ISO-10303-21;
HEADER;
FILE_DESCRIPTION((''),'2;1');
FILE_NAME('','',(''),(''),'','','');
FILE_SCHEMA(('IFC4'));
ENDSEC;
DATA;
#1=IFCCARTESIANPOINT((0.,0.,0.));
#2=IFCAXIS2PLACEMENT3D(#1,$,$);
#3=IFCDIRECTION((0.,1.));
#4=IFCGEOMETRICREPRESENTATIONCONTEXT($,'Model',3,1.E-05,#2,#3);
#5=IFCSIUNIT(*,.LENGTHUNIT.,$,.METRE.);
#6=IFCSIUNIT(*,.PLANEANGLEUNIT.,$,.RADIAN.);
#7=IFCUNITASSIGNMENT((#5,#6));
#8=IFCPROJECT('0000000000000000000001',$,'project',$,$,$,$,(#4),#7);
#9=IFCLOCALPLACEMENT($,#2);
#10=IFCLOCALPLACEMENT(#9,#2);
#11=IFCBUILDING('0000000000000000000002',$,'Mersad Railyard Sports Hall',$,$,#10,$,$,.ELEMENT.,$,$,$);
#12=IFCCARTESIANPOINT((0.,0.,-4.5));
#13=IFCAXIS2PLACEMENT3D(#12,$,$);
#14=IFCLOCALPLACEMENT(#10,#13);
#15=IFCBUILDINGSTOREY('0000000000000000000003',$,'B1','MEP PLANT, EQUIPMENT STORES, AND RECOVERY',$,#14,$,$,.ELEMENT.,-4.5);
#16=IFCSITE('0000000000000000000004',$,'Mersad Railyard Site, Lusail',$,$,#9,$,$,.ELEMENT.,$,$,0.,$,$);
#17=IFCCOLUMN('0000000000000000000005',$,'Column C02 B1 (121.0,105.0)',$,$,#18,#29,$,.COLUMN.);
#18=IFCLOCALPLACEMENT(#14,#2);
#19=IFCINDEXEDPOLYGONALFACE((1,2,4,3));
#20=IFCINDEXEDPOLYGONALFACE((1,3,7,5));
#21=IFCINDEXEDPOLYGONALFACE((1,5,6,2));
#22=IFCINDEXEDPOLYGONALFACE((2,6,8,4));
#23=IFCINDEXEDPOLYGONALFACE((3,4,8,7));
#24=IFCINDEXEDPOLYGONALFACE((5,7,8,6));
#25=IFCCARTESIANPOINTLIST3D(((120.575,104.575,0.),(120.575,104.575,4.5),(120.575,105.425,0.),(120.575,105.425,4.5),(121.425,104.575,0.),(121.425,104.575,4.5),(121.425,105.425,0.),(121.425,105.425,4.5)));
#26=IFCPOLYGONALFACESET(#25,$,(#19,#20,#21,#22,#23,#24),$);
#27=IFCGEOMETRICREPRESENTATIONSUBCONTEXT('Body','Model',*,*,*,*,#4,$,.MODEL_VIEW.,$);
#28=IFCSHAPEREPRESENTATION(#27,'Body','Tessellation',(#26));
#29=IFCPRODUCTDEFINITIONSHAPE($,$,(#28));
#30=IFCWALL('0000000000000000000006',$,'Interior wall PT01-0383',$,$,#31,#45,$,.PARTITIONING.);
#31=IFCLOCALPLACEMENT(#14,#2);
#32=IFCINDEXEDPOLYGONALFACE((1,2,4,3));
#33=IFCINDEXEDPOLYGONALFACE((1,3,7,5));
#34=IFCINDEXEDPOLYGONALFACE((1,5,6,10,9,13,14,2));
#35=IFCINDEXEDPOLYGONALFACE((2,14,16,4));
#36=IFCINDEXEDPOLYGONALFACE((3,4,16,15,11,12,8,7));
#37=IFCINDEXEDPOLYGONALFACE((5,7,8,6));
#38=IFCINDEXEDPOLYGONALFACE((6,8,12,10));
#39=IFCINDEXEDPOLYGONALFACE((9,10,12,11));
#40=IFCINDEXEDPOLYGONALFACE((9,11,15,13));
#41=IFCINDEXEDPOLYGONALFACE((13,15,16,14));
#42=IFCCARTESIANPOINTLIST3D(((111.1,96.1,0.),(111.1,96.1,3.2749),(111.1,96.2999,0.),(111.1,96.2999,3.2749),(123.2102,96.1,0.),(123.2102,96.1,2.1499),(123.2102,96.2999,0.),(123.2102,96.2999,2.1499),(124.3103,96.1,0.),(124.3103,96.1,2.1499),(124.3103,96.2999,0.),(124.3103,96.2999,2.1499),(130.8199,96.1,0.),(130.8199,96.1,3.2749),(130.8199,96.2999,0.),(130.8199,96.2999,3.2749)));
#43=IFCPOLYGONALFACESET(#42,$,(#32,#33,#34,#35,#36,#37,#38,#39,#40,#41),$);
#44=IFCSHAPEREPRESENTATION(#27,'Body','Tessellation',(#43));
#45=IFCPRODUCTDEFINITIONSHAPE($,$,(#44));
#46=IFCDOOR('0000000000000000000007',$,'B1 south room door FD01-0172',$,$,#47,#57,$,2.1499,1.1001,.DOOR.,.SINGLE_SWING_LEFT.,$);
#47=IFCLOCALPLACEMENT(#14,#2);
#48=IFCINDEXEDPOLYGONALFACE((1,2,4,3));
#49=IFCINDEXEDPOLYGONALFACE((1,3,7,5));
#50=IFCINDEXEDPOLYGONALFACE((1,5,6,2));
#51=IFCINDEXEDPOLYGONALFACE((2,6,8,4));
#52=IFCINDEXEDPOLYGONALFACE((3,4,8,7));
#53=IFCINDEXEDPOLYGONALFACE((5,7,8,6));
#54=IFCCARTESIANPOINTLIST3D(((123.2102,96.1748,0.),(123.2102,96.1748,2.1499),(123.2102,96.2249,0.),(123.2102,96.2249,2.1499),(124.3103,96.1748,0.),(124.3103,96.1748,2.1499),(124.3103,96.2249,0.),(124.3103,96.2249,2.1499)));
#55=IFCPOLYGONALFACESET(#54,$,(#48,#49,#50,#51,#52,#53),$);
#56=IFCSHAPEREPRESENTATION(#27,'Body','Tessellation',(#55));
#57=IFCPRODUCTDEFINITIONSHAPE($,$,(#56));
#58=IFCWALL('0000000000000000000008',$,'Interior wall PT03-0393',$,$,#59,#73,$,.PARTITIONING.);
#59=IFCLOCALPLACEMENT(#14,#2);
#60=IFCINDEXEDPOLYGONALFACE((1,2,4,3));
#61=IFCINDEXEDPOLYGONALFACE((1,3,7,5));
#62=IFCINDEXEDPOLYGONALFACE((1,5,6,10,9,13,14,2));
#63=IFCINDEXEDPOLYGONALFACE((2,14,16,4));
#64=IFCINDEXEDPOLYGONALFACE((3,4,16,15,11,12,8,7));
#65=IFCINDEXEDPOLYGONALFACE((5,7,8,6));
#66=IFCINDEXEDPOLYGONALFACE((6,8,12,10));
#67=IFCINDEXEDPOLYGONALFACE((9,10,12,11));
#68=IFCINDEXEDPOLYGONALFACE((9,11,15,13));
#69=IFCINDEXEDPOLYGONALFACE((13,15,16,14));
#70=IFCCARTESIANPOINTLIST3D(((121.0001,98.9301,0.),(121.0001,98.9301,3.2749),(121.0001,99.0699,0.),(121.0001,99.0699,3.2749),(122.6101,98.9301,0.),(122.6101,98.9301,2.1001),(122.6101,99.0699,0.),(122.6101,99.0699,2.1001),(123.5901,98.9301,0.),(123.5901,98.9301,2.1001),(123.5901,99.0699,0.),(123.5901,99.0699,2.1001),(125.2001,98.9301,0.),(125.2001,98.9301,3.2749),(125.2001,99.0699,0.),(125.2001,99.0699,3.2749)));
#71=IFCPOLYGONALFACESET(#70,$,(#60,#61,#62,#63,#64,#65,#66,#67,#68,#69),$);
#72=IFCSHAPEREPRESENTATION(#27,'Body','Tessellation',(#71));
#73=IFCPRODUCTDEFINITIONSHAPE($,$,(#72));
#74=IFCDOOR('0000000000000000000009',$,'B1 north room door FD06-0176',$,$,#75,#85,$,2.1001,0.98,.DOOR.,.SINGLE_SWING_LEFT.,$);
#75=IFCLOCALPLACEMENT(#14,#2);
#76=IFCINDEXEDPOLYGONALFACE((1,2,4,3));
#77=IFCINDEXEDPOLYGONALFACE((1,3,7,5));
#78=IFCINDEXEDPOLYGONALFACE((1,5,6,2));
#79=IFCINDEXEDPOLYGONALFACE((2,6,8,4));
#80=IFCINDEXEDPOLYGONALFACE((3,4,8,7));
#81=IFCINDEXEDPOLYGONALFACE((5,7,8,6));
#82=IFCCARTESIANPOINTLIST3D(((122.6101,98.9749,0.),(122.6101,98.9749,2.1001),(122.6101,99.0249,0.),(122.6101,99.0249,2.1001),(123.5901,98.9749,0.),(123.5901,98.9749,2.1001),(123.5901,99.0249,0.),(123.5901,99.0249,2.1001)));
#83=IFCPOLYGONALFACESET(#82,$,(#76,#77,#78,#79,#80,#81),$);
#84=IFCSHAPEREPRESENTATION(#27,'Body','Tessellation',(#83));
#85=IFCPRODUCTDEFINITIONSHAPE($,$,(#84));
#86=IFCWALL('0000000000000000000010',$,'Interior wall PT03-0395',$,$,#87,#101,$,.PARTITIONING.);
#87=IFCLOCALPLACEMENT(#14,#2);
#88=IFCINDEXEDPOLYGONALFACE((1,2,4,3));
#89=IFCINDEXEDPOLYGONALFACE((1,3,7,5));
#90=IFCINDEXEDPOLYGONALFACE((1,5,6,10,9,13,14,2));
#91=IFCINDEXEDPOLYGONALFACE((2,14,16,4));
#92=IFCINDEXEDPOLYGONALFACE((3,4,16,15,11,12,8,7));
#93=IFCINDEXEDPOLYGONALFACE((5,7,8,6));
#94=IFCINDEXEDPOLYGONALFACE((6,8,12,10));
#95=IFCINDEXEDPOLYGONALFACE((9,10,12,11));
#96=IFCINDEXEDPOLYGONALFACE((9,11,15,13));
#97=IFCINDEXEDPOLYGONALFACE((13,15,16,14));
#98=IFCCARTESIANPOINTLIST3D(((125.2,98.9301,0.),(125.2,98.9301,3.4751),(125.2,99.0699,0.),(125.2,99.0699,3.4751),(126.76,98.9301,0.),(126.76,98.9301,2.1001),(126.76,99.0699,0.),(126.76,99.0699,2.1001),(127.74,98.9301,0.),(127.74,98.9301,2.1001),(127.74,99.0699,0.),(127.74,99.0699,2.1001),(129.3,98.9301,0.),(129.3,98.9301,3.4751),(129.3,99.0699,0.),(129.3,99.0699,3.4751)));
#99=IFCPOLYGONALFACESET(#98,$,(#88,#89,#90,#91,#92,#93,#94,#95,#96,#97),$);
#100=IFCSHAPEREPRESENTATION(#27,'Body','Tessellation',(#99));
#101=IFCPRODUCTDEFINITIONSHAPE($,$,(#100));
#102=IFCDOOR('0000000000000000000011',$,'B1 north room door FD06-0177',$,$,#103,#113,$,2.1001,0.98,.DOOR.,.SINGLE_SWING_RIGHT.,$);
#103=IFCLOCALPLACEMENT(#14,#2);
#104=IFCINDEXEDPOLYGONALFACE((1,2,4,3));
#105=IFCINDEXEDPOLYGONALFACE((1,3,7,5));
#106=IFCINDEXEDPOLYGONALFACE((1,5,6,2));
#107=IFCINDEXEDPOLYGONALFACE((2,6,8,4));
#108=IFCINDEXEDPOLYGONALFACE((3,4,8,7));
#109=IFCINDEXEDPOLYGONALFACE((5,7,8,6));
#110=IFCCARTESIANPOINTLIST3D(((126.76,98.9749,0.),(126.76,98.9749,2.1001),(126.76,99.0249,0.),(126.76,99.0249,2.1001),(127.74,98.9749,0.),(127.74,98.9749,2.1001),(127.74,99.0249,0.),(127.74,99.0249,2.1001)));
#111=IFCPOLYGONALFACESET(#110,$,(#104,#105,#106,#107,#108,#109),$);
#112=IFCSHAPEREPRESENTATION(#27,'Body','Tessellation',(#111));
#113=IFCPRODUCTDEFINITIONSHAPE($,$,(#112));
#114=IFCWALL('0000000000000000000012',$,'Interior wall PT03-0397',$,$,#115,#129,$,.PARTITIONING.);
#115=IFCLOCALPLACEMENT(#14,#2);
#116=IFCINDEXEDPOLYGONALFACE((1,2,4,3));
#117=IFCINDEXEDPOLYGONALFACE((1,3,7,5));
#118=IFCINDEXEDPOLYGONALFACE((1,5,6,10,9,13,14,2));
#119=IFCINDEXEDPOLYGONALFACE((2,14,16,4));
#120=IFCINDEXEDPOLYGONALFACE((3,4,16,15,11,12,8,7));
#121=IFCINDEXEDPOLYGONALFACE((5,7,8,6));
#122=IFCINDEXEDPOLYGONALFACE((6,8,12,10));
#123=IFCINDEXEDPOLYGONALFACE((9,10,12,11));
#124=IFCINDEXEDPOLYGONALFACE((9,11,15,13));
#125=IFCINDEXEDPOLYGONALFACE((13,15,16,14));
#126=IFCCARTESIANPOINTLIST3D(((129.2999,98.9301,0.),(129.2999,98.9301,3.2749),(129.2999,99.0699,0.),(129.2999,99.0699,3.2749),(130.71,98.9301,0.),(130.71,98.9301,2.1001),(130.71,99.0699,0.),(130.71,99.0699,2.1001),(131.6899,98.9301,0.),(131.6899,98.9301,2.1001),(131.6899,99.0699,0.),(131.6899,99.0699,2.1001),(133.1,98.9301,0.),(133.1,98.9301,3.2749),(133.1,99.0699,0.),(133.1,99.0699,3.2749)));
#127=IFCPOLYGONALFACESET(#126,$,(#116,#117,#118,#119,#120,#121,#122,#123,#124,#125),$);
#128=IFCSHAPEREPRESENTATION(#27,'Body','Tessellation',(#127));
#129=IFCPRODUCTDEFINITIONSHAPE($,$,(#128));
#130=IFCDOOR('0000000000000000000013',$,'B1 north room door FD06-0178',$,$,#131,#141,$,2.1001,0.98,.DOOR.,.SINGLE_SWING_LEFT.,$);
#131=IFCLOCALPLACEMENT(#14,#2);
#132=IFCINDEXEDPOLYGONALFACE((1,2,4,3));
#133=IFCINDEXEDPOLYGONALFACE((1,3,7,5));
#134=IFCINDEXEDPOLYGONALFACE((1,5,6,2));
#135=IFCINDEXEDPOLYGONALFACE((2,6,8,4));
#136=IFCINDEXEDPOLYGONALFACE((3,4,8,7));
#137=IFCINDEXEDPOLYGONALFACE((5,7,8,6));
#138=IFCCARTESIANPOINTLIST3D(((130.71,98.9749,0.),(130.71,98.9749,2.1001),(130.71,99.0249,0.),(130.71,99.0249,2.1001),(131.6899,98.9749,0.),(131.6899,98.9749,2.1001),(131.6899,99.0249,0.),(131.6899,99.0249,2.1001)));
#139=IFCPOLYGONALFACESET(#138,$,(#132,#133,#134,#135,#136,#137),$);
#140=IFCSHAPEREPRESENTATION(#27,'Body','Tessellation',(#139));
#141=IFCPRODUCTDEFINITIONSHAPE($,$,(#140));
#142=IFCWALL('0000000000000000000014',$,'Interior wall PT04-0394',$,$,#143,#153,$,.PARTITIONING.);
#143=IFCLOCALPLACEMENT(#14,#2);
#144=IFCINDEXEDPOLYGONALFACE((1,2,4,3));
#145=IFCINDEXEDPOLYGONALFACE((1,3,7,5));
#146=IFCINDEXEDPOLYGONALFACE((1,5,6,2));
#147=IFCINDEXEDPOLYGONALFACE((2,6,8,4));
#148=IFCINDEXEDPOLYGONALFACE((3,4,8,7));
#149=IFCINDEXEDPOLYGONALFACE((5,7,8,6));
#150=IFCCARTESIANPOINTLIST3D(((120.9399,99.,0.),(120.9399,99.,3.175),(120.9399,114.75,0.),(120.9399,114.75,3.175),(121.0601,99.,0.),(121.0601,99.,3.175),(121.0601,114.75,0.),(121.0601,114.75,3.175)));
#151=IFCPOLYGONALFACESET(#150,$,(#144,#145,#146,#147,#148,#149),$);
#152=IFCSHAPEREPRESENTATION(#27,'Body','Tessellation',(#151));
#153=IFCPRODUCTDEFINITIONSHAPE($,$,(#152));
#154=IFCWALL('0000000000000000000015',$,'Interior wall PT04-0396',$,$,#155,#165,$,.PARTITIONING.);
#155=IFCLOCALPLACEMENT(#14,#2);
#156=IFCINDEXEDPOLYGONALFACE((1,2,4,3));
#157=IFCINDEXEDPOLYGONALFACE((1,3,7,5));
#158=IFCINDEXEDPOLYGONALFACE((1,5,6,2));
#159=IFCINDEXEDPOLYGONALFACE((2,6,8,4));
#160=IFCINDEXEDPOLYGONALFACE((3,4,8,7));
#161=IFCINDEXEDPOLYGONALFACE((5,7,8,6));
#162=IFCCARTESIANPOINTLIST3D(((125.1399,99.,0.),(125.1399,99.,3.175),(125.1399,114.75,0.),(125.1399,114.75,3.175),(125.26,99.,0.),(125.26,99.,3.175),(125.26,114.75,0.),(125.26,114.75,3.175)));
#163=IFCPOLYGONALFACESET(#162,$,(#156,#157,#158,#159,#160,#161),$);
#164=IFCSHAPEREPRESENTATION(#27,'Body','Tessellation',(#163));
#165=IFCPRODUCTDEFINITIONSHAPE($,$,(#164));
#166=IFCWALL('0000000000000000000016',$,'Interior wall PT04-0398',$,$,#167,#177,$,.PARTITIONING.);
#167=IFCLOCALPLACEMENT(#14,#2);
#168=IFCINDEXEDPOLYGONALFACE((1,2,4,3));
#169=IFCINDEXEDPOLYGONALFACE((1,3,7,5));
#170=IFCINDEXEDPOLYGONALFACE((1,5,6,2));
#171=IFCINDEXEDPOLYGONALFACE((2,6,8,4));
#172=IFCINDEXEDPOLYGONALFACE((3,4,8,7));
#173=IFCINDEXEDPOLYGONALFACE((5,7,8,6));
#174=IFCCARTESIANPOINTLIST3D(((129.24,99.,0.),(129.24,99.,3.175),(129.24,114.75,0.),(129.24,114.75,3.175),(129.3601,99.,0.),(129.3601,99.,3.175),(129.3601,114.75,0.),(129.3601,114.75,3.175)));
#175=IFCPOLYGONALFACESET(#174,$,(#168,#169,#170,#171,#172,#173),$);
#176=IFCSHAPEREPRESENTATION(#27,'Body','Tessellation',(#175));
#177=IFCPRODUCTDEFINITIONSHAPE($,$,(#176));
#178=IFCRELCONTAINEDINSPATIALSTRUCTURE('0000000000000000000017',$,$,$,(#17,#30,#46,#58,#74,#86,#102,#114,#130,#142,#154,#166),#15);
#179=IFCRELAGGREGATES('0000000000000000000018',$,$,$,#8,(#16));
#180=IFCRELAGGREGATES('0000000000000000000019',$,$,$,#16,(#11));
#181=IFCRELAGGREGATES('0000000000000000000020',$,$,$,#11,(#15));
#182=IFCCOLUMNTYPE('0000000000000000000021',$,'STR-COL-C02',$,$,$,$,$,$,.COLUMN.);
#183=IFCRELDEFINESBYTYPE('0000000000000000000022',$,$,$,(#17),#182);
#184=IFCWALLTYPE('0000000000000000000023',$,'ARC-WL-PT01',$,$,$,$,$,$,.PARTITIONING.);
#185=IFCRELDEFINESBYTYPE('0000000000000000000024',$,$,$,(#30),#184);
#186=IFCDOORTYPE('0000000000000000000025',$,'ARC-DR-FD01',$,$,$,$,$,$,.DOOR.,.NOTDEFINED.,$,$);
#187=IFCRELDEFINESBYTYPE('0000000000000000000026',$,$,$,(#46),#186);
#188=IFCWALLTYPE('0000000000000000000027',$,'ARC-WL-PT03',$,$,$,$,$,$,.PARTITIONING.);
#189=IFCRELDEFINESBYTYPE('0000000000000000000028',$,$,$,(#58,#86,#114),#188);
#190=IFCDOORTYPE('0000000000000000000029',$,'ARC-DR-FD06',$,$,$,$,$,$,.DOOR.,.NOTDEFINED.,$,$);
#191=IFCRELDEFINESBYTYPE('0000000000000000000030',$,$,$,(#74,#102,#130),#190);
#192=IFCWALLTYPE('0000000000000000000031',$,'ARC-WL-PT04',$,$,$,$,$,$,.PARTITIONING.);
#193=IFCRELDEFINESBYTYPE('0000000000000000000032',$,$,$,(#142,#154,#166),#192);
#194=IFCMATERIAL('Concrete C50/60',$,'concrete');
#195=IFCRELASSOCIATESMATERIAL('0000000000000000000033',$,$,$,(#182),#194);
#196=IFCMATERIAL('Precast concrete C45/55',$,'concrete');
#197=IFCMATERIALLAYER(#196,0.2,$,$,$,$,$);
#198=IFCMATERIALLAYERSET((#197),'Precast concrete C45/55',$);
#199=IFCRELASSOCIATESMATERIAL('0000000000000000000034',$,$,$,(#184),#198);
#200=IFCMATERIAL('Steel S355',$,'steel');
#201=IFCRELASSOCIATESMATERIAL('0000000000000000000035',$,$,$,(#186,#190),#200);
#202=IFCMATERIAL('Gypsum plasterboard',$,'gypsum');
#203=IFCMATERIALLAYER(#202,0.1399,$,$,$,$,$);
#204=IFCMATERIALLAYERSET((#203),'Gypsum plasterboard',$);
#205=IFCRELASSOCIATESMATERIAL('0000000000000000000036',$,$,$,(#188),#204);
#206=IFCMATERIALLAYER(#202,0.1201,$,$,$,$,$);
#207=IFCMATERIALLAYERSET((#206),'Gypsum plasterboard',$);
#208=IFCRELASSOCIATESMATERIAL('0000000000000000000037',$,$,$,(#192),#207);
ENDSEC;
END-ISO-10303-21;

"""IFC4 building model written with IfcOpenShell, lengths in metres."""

from ifc_helpers import new_model, si_unit, direction, frame, frame_2d, origin, origin_2d, place, context, subcontext, project, spatial, rectangle, extrude, material, layer, layer_set, material_profile, profile_set, type_object, element, fill, save


model = new_model("IFC4")

# Units and contexts
model_context = context("Model", 3, precision=1e-05, world=origin(), true_north=direction((0.0, 1.0)))
body_context = subcontext(model_context, "Body", "Model", "MODEL_VIEW")
ifc_project = project(units=[si_unit("LENGTHUNIT", "METRE"), si_unit("PLANEANGLEUNIT", "RADIAN")], contexts=[model_context])

# Site, building, storey
site_placement = place(None, origin())
site = spatial("IfcSite", under=ifc_project, at=site_placement, Name="Mersad Railyard Site, Lusail", CompositionType="ELEMENT", RefElevation=0.0)
building_placement = place(site_placement, origin())
building = spatial("IfcBuilding", under=site, at=building_placement, Name="Mersad Railyard Sports Hall", CompositionType="ELEMENT")
storey_placement = place(building_placement, frame((0.0, 0.0, -4.5)))
storey = spatial("IfcBuildingStorey", under=building, at=storey_placement, Name="B1", Description="MEP PLANT, EQUIPMENT STORES, AND RECOVERY", CompositionType="ELEMENT", Elevation=-4.5)

# Column
ifc_material_1 = material(Name="Concrete C50/60", Category="concrete")
ifc_material_profile_1 = material_profile(ifc_material_1, rectangle(XDim=0.8501, YDim=0.8501, at=origin_2d()), Name="RC 850x850")
ifc_profile_set_1 = profile_set([ifc_material_profile_1], Name="Concrete C50/60")
column_type = type_object("IfcColumnType", Name="STR-COL-C02", PredefinedType="COLUMN", material=ifc_profile_set_1)
column_placement = place(storey_placement, frame((121.0, 105.0, 0.0), z_axis=(0.0, 0.0, 1.0), x_axis=(1.0, 0.0, 0.0)))
element("IfcColumn", 1, at=column_placement, inside=storey, type_object=column_type, Name="Column C02 B1 (121.0,105.0)", PredefinedType="COLUMN", context=body_context, shape_type="SweptSolid", body=[
    extrude(rectangle(XDim=0.8501, YDim=0.8501, at=origin_2d()), origin(), (0.0, 0.0, 1.0), 4.5),
])

# Walls, openings, doors
ifc_material_2 = material(Name="Precast concrete C45/55", Category="concrete")
ifc_layer_1 = layer(ifc_material_2, 0.2)
ifc_layer_set_1 = layer_set([ifc_layer_1], Name="Precast concrete C45/55")
wall_type_1 = type_object("IfcWallType", Name="ARC-WL-PT01", PredefinedType="PARTITIONING", material=ifc_layer_set_1)
wall_1_placement = place(storey_placement, frame((111.1001, 96.2, 0.0), z_axis=(0.0, 0.0, 1.0), x_axis=(1.0, 0.0, 0.0)))
wall_1 = element("IfcWall", 2, at=wall_1_placement, inside=storey, type_object=wall_type_1, Name="Interior wall PT01-0383", PredefinedType="PARTITIONING", context=body_context, shape_type="SweptSolid", body=[
    extrude(rectangle(XDim=19.72, YDim=0.2, at=frame_2d((9.8599, 0.0))), origin(), (0.0, 0.0, 1.0), 3.2749),
])
opening_1_placement = place(wall_1_placement, frame((12.1101, 0.0, 0.0)))
opening_1 = element("IfcOpeningElement", 3, at=opening_1_placement, cuts=wall_1, PredefinedType="OPENING", context=body_context, shape_type="SweptSolid", body=[
    extrude(rectangle(XDim=1.1001, YDim=2.1499, at=frame_2d((0.55, 1.075))), frame((0.0, 0.1099, 0.0), z_axis=(0.0, -1.0, 0.0), x_axis=(1.0, 0.0, 0.0)), (0.0, 0.0, 1.0), 0.22),
])
ifc_material_3 = material(Name="Steel S355", Category="steel")
door_type_1 = type_object("IfcDoorType", Name="ARC-DR-FD01", OperationType="NOTDEFINED", PredefinedType="DOOR", material=ifc_material_3)
door_1_placement = place(opening_1_placement, origin())
door_1 = element("IfcDoor", 4, at=door_1_placement, inside=storey, type_object=door_type_1, Name="B1 south room door FD01-0172", OperationType="SINGLE_SWING_LEFT", OverallHeight=2.1499, OverallWidth=1.1001, PredefinedType="DOOR", context=body_context, shape_type="SweptSolid", body=[
    extrude(rectangle(XDim=1.1001, YDim=2.1499, at=frame_2d((0.55, 1.075))), frame((0.0, 0.0249, 0.0), z_axis=(0.0, -1.0, 0.0), x_axis=(1.0, 0.0, 0.0)), (0.0, 0.0, 1.0), 0.05),
])
fill(opening_1, door_1)
ifc_material_4 = material(Name="Gypsum plasterboard", Category="gypsum")
ifc_layer_2 = layer(ifc_material_4, 0.1399)
ifc_layer_set_2 = layer_set([ifc_layer_2], Name="Gypsum plasterboard")
wall_type_2 = type_object("IfcWallType", Name="ARC-WL-PT03", PredefinedType="PARTITIONING", material=ifc_layer_set_2)
wall_2_placement = place(storey_placement, frame((121.0, 99.0, 0.0), z_axis=(0.0, 0.0, 1.0), x_axis=(1.0, 0.0, 0.0)))
wall_2 = element("IfcWall", 5, at=wall_2_placement, inside=storey, type_object=wall_type_2, Name="Interior wall PT03-0393", PredefinedType="PARTITIONING", context=body_context, shape_type="SweptSolid", body=[
    extrude(rectangle(XDim=4.2, YDim=0.1399, at=frame_2d((2.1001, 0.0))), origin(), (0.0, 0.0, 1.0), 3.2749),
])
opening_2_placement = place(wall_2_placement, frame((1.6101, 0.0, 0.0)))
opening_2 = element("IfcOpeningElement", 6, at=opening_2_placement, cuts=wall_2, PredefinedType="OPENING", context=body_context, shape_type="SweptSolid", body=[
    extrude(rectangle(XDim=0.98, YDim=2.1001, at=frame_2d((0.49, 1.05))), frame((0.0, 0.0798, 0.0), z_axis=(0.0, -1.0, 0.0), x_axis=(1.0, 0.0, 0.0)), (0.0, 0.0, 1.0), 0.1599),
])
door_type_2 = type_object("IfcDoorType", Name="ARC-DR-FD06", OperationType="NOTDEFINED", PredefinedType="DOOR", material=ifc_material_3)
door_2_placement = place(opening_2_placement, origin())
door_2 = element("IfcDoor", 7, at=door_2_placement, inside=storey, type_object=door_type_2, Name="B1 north room door FD06-0176", OperationType="SINGLE_SWING_LEFT", OverallHeight=2.1001, OverallWidth=0.98, PredefinedType="DOOR", context=body_context, shape_type="SweptSolid", body=[
    extrude(rectangle(XDim=0.98, YDim=2.1001, at=frame_2d((0.49, 1.05))), frame((0.0, 0.0249, 0.0), z_axis=(0.0, -1.0, 0.0), x_axis=(1.0, 0.0, 0.0)), (0.0, 0.0, 1.0), 0.05),
])
fill(opening_2, door_2)
wall_3_placement = place(storey_placement, frame((125.2, 99.0, 0.0), z_axis=(0.0, 0.0, 1.0), x_axis=(1.0, 0.0, 0.0)))
wall_3 = element("IfcWall", 8, at=wall_3_placement, inside=storey, type_object=wall_type_2, Name="Interior wall PT03-0395", PredefinedType="PARTITIONING", context=body_context, shape_type="SweptSolid", body=[
    extrude(rectangle(XDim=4.1001, YDim=0.1399, at=frame_2d((2.05, 0.0))), origin(), (0.0, 0.0, 1.0), 3.4751),
])
opening_3_placement = place(wall_3_placement, frame((1.5601, 0.0, 0.0)))
opening_3 = element("IfcOpeningElement", 9, at=opening_3_placement, cuts=wall_3, PredefinedType="OPENING", context=body_context, shape_type="SweptSolid", body=[
    extrude(rectangle(XDim=0.98, YDim=2.1001, at=frame_2d((0.49, 1.05))), frame((0.0, 0.0798, 0.0), z_axis=(0.0, -1.0, 0.0), x_axis=(1.0, 0.0, 0.0)), (0.0, 0.0, 1.0), 0.1599),
])
door_3_placement = place(opening_3_placement, origin())
door_3 = element("IfcDoor", 10, at=door_3_placement, inside=storey, type_object=door_type_2, Name="B1 north room door FD06-0177", OperationType="SINGLE_SWING_RIGHT", OverallHeight=2.1001, OverallWidth=0.98, PredefinedType="DOOR", context=body_context, shape_type="SweptSolid", body=[
    extrude(rectangle(XDim=0.98, YDim=2.1001, at=frame_2d((0.49, 1.05))), frame((0.0, 0.0249, 0.0), z_axis=(0.0, -1.0, 0.0), x_axis=(1.0, 0.0, 0.0)), (0.0, 0.0, 1.0), 0.05),
])
fill(opening_3, door_3)
wall_4_placement = place(storey_placement, frame((129.3, 99.0, 0.0), z_axis=(0.0, 0.0, 1.0), x_axis=(1.0, 0.0, 0.0)))
wall_4 = element("IfcWall", 11, at=wall_4_placement, inside=storey, type_object=wall_type_2, Name="Interior wall PT03-0397", PredefinedType="PARTITIONING", context=body_context, shape_type="SweptSolid", body=[
    extrude(rectangle(XDim=3.8, YDim=0.1399, at=frame_2d((1.8999, 0.0))), origin(), (0.0, 0.0, 1.0), 3.2749),
])
opening_4_placement = place(wall_4_placement, frame((1.4099, 0.0, 0.0)))
opening_4 = element("IfcOpeningElement", 12, at=opening_4_placement, cuts=wall_4, PredefinedType="OPENING", context=body_context, shape_type="SweptSolid", body=[
    extrude(rectangle(XDim=0.98, YDim=2.1001, at=frame_2d((0.49, 1.05))), frame((0.0, 0.0798, 0.0), z_axis=(0.0, -1.0, 0.0), x_axis=(1.0, 0.0, 0.0)), (0.0, 0.0, 1.0), 0.1599),
])
door_4_placement = place(opening_4_placement, origin())
door_4 = element("IfcDoor", 13, at=door_4_placement, inside=storey, type_object=door_type_2, Name="B1 north room door FD06-0178", OperationType="SINGLE_SWING_LEFT", OverallHeight=2.1001, OverallWidth=0.98, PredefinedType="DOOR", context=body_context, shape_type="SweptSolid", body=[
    extrude(rectangle(XDim=0.98, YDim=2.1001, at=frame_2d((0.49, 1.05))), frame((0.0, 0.0249, 0.0), z_axis=(0.0, -1.0, 0.0), x_axis=(1.0, 0.0, 0.0)), (0.0, 0.0, 1.0), 0.05),
])
fill(opening_4, door_4)

# Walls
ifc_layer_3 = layer(ifc_material_4, 0.1201)
ifc_layer_set_3 = layer_set([ifc_layer_3], Name="Gypsum plasterboard")
wall_type_3 = type_object("IfcWallType", Name="ARC-WL-PT04", PredefinedType="PARTITIONING", material=ifc_layer_set_3)
for number, where, z_axis, x_axis, name in (
    (14, (121.0, 99.0, 0.0), (0.0, 0.0, 1.0), (0.0, 1.0, 0.0), "Interior wall PT04-0394"),
    (15, (125.2, 99.0, 0.0), (0.0, 0.0, 1.0), (0.0, 1.0, 0.0), "Interior wall PT04-0396"),
    (16, (129.3, 99.0, 0.0), (0.0, 0.0, 1.0), (0.0, 1.0, 0.0), "Interior wall PT04-0398"),
):
    element("IfcWall", number, at=place(storey_placement, frame(where, z_axis=z_axis, x_axis=x_axis)), inside=storey, type_object=wall_type_3, Name=name, PredefinedType="PARTITIONING", context=body_context, shape_type="SweptSolid", body=[
        extrude(rectangle(XDim=15.75, YDim=0.1201, at=frame_2d((7.875, 0.0))), origin(), (0.0, 0.0, 1.0), 3.175),
    ])

save(model, "model.ifc")
